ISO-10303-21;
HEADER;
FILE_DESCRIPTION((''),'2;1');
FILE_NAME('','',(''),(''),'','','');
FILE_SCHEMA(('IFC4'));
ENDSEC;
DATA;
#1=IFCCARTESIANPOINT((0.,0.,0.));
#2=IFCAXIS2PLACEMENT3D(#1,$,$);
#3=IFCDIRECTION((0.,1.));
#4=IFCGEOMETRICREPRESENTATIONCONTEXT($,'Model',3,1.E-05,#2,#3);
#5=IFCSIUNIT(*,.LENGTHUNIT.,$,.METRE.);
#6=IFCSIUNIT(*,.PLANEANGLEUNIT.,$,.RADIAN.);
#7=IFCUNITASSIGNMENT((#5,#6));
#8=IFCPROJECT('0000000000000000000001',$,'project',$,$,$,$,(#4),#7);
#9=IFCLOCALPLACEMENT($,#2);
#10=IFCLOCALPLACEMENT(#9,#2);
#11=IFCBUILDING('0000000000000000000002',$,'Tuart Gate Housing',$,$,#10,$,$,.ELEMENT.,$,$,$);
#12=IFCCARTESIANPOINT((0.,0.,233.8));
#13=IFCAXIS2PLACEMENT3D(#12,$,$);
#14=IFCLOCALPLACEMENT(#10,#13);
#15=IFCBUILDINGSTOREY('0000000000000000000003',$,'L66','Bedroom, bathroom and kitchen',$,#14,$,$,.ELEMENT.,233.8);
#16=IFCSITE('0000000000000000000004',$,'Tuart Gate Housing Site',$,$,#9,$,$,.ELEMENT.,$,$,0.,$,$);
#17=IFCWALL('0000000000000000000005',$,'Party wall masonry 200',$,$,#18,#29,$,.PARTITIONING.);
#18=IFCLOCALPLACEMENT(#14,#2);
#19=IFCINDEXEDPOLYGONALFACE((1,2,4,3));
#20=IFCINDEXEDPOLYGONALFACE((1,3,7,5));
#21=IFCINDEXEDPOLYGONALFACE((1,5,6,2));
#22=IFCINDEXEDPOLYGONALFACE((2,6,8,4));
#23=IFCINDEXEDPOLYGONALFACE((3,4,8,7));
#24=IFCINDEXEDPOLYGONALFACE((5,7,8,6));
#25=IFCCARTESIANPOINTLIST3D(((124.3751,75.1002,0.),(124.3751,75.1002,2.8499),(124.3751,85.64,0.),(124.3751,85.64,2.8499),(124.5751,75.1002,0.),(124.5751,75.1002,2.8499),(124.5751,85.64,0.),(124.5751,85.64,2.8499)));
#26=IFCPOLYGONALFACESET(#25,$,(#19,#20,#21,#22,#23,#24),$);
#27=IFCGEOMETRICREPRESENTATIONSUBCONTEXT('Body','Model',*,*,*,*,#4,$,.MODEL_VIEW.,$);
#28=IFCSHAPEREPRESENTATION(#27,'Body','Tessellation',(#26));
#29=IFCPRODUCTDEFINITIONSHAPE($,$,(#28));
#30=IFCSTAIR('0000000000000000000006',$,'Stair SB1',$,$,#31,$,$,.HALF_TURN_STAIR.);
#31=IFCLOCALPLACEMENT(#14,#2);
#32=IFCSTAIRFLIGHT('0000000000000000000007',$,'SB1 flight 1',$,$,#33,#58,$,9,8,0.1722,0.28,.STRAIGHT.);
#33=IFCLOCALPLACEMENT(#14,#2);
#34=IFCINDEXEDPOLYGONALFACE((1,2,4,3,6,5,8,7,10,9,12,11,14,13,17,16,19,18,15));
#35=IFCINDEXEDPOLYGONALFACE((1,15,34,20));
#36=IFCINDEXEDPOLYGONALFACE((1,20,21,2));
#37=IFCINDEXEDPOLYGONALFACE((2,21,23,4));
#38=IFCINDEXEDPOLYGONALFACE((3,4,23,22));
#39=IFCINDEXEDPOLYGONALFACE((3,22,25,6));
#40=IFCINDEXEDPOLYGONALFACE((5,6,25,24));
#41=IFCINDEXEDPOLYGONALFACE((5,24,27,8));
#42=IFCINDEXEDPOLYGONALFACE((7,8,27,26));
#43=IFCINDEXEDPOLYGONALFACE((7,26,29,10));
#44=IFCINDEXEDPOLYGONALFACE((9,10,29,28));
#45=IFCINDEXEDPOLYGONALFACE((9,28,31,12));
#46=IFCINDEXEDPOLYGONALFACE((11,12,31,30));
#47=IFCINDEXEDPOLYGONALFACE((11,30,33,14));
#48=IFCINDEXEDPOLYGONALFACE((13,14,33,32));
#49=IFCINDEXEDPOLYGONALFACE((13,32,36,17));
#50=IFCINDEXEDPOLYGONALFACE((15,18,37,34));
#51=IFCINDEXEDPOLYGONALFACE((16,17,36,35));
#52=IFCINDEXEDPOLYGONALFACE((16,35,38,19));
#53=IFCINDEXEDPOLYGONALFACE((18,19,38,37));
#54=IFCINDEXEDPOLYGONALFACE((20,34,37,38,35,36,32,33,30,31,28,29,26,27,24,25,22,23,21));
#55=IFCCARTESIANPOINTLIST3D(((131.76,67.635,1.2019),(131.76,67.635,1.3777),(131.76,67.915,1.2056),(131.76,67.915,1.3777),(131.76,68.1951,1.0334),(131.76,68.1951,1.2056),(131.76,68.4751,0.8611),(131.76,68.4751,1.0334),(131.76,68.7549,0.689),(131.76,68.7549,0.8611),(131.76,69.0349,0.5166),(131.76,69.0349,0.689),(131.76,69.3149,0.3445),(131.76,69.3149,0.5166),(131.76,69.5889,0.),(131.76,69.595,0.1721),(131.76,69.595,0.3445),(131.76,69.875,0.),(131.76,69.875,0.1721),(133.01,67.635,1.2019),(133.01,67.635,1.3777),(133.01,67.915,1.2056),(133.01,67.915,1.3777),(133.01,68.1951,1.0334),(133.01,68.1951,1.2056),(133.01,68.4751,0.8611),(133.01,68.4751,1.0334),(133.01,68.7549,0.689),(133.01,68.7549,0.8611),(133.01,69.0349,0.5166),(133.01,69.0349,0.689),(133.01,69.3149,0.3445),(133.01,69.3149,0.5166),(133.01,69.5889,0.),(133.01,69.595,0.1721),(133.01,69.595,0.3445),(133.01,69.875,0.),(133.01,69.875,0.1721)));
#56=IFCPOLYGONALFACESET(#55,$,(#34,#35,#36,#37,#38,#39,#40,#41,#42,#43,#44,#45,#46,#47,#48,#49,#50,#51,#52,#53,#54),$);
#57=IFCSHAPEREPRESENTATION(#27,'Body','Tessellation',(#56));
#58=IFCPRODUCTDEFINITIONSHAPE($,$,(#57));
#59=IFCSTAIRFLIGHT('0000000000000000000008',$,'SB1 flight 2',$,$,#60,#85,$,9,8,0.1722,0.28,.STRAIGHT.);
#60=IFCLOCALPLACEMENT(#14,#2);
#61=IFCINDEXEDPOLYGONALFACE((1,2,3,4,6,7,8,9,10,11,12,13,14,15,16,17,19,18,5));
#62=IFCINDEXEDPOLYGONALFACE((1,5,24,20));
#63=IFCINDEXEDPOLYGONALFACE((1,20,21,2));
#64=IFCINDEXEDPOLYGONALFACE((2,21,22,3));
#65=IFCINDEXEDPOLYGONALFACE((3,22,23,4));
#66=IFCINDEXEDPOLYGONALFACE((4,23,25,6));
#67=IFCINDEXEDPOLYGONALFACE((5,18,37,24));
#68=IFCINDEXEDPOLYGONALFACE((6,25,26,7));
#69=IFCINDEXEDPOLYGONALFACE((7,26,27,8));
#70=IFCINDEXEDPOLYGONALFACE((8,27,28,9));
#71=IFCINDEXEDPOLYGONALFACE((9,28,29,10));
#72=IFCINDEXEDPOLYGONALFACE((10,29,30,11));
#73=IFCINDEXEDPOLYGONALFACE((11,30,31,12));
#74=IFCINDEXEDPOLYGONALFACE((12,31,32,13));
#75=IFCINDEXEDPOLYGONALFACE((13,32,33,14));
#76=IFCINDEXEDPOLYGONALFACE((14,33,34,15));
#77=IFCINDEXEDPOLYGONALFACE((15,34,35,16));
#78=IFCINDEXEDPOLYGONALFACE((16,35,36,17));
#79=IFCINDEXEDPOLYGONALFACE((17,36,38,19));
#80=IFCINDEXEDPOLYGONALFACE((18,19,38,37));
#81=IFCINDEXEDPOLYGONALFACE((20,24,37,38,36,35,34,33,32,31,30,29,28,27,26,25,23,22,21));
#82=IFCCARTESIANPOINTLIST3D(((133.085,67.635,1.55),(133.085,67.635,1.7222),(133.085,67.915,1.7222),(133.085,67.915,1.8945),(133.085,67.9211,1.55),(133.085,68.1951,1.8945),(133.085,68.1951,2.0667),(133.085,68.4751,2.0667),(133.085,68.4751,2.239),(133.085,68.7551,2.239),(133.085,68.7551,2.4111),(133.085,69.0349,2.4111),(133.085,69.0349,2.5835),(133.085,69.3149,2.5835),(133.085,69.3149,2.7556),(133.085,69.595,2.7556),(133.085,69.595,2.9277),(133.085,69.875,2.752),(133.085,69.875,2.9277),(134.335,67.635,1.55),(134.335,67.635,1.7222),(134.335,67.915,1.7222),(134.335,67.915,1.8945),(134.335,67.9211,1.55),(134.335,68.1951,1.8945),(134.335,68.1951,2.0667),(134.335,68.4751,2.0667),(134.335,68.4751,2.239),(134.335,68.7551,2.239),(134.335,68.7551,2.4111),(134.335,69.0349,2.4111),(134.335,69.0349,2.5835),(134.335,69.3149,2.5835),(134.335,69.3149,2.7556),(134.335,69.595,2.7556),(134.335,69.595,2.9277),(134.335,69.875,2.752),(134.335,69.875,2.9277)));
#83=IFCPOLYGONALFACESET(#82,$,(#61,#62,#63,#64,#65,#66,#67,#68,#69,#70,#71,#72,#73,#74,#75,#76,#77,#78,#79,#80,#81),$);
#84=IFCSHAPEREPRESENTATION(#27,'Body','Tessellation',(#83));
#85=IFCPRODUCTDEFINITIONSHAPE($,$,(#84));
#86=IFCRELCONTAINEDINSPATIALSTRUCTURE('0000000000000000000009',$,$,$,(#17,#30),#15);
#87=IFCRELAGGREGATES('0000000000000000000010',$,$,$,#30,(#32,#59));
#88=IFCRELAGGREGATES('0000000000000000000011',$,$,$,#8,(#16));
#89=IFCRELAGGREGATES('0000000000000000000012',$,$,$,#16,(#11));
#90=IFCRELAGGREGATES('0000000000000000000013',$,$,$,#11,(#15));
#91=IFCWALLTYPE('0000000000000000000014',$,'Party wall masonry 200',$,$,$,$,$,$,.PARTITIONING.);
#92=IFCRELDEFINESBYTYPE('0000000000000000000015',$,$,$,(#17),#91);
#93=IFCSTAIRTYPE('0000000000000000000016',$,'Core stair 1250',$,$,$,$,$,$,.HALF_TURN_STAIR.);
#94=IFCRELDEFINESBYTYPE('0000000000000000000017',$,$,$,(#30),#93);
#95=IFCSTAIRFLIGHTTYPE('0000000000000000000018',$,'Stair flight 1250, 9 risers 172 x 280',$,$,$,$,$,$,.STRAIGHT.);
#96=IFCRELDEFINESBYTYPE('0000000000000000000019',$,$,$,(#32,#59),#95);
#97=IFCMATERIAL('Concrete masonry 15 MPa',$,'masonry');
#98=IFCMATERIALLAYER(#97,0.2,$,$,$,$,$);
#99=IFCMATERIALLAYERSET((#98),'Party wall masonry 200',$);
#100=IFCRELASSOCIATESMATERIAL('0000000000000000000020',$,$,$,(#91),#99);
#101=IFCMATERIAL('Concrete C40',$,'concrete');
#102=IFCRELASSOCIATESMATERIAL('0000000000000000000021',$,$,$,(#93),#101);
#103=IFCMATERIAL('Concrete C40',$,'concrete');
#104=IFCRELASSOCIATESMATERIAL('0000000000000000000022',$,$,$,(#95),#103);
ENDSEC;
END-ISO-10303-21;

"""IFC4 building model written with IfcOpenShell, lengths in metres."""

from ifc_helpers import new_model, si_unit, direction, frame, frame_2d, origin, place, context, subcontext, project, spatial, polyline, rectangle, outline, extrude, material, layer, layer_set, type_object, element, aggregate, save


model = new_model("IFC4")

# Units and contexts
model_context = context("Model", 3, precision=1e-05, world=origin(), true_north=direction((0.0, 1.0)))
body_context = subcontext(model_context, "Body", "Model", "MODEL_VIEW")
ifc_project = project(units=[si_unit("LENGTHUNIT", "METRE"), si_unit("PLANEANGLEUNIT", "RADIAN")], contexts=[model_context])

# Site, building, storey
site_placement = place(None, origin())
site = spatial("IfcSite", under=ifc_project, at=site_placement, Name="Tuart Gate Housing Site", CompositionType="ELEMENT", RefElevation=0.0)
building_placement = place(site_placement, origin())
building = spatial("IfcBuilding", under=site, at=building_placement, Name="Tuart Gate Housing", CompositionType="ELEMENT")
storey_placement = place(building_placement, frame((0.0, 0.0, 233.8)))
storey = spatial("IfcBuildingStorey", under=building, at=storey_placement, Name="L66", Description="Bedroom, bathroom and kitchen", CompositionType="ELEMENT", Elevation=233.8)

# Wall
ifc_material_1 = material(Name="Concrete masonry 15 MPa", Category="masonry")
ifc_layer_1 = layer(ifc_material_1, 0.2)
ifc_layer_set_1 = layer_set([ifc_layer_1], Name="Party wall masonry 200")
wall_type_1 = type_object("IfcWallType", Name="Party wall masonry 200", PredefinedType="PARTITIONING", material=ifc_layer_set_1)
wall_1_placement = place(storey_placement, frame((124.4751, 75.1001, 0.0), z_axis=(0.0, 0.0, 1.0), x_axis=(0.0, 1.0, 0.0)))
element("IfcWall", 1, at=wall_1_placement, inside=storey, type_object=wall_type_1, Name="Party wall masonry 200", PredefinedType="PARTITIONING", context=body_context, shape_type="SweptSolid", body=[
    extrude(rectangle(XDim=10.5398, YDim=0.2, at=frame_2d((5.27, 0.0))), origin(), (0.0, 0.0, 1.0), 2.8499),
])

# Stair, stair flights
ifc_material_2 = material(Name="Concrete C40", Category="concrete")
stair_type = type_object("IfcStairType", Name="Core stair 1250", PredefinedType="HALF_TURN_STAIR", material=ifc_material_2)
stair_placement = place(storey_placement, origin())
stair = element("IfcStair", 2, at=stair_placement, inside=storey, type_object=stair_type, Name="Stair SB1", PredefinedType="HALF_TURN_STAIR")
ifc_material_3 = material(Name="Concrete C40", Category="concrete")
stair_flight_type = type_object("IfcStairFlightType", Name="Stair flight 1250, 9 risers 172 x 280", PredefinedType="STRAIGHT", material=ifc_material_3)
stair_flight_1_placement = place(storey_placement, frame((132.385, 69.875, 0.0), z_axis=(0.0, 0.0, 1.0), x_axis=(0.0, -1.0, 0.0)))
stair_flight_1 = element("IfcStairFlight", 3, at=stair_flight_1_placement, type_object=stair_flight_type, Name="SB1 flight 1", NumberOfRisers=9, NumberOfTreads=8, PredefinedType="STRAIGHT", RiserHeight=0.1722, TreadLength=0.28, context=body_context, shape_type="SweptSolid", body=[
    extrude(outline(polyline([(0.0, 0.0), (0.0, 0.1721), (0.28, 0.1721), (0.28, 0.3445), (0.5601, 0.3445), (0.5601, 0.5166), (0.8401, 0.5166), (0.8401, 0.689), (1.1201, 0.689), (1.1201, 0.8611), (1.3999, 0.8611), (1.3999, 1.0334), (1.6799, 1.0334), (1.6799, 1.2056), (1.96, 1.2056), (1.96, 1.3777), (2.24, 1.3777), (2.24, 1.55), (2.24, 1.2019), (0.2861, 0.0), (0.0, 0.0)])), frame((0.0, 0.625, 0.0), z_axis=(0.0, -1.0, 0.0), x_axis=(1.0, 0.0, 0.0)), (0.0, 0.0, 1.0), 1.25),
])
stair_flight_2_placement = place(storey_placement, frame((133.71, 67.635, 1.55), z_axis=(0.0, 0.0, 1.0), x_axis=(0.0, 1.0, 0.0)))
stair_flight_2 = element("IfcStairFlight", 4, at=stair_flight_2_placement, type_object=stair_flight_type, Name="SB1 flight 2", NumberOfRisers=9, NumberOfTreads=8, PredefinedType="STRAIGHT", RiserHeight=0.1722, TreadLength=0.28, context=body_context, shape_type="SweptSolid", body=[
    extrude(outline(polyline([(0.0, 0.0), (0.0, 0.1721), (0.28, 0.1721), (0.28, 0.3445), (0.5601, 0.3445), (0.5601, 0.5166), (0.8401, 0.5166), (0.8401, 0.689), (1.1201, 0.689), (1.1201, 0.8611), (1.3999, 0.8611), (1.3999, 1.0334), (1.6799, 1.0334), (1.6799, 1.2056), (1.96, 1.2056), (1.96, 1.3777), (2.24, 1.3777), (2.24, 1.55), (2.24, 1.2019), (0.2861, 0.0), (0.0, 0.0)])), frame((0.0, 0.625, 0.0), z_axis=(0.0, -1.0, 0.0), x_axis=(1.0, 0.0, 0.0)), (0.0, 0.0, 1.0), 1.25),
])
aggregate(stair, [stair_flight_1, stair_flight_2])

save(model, "model.ifc")
